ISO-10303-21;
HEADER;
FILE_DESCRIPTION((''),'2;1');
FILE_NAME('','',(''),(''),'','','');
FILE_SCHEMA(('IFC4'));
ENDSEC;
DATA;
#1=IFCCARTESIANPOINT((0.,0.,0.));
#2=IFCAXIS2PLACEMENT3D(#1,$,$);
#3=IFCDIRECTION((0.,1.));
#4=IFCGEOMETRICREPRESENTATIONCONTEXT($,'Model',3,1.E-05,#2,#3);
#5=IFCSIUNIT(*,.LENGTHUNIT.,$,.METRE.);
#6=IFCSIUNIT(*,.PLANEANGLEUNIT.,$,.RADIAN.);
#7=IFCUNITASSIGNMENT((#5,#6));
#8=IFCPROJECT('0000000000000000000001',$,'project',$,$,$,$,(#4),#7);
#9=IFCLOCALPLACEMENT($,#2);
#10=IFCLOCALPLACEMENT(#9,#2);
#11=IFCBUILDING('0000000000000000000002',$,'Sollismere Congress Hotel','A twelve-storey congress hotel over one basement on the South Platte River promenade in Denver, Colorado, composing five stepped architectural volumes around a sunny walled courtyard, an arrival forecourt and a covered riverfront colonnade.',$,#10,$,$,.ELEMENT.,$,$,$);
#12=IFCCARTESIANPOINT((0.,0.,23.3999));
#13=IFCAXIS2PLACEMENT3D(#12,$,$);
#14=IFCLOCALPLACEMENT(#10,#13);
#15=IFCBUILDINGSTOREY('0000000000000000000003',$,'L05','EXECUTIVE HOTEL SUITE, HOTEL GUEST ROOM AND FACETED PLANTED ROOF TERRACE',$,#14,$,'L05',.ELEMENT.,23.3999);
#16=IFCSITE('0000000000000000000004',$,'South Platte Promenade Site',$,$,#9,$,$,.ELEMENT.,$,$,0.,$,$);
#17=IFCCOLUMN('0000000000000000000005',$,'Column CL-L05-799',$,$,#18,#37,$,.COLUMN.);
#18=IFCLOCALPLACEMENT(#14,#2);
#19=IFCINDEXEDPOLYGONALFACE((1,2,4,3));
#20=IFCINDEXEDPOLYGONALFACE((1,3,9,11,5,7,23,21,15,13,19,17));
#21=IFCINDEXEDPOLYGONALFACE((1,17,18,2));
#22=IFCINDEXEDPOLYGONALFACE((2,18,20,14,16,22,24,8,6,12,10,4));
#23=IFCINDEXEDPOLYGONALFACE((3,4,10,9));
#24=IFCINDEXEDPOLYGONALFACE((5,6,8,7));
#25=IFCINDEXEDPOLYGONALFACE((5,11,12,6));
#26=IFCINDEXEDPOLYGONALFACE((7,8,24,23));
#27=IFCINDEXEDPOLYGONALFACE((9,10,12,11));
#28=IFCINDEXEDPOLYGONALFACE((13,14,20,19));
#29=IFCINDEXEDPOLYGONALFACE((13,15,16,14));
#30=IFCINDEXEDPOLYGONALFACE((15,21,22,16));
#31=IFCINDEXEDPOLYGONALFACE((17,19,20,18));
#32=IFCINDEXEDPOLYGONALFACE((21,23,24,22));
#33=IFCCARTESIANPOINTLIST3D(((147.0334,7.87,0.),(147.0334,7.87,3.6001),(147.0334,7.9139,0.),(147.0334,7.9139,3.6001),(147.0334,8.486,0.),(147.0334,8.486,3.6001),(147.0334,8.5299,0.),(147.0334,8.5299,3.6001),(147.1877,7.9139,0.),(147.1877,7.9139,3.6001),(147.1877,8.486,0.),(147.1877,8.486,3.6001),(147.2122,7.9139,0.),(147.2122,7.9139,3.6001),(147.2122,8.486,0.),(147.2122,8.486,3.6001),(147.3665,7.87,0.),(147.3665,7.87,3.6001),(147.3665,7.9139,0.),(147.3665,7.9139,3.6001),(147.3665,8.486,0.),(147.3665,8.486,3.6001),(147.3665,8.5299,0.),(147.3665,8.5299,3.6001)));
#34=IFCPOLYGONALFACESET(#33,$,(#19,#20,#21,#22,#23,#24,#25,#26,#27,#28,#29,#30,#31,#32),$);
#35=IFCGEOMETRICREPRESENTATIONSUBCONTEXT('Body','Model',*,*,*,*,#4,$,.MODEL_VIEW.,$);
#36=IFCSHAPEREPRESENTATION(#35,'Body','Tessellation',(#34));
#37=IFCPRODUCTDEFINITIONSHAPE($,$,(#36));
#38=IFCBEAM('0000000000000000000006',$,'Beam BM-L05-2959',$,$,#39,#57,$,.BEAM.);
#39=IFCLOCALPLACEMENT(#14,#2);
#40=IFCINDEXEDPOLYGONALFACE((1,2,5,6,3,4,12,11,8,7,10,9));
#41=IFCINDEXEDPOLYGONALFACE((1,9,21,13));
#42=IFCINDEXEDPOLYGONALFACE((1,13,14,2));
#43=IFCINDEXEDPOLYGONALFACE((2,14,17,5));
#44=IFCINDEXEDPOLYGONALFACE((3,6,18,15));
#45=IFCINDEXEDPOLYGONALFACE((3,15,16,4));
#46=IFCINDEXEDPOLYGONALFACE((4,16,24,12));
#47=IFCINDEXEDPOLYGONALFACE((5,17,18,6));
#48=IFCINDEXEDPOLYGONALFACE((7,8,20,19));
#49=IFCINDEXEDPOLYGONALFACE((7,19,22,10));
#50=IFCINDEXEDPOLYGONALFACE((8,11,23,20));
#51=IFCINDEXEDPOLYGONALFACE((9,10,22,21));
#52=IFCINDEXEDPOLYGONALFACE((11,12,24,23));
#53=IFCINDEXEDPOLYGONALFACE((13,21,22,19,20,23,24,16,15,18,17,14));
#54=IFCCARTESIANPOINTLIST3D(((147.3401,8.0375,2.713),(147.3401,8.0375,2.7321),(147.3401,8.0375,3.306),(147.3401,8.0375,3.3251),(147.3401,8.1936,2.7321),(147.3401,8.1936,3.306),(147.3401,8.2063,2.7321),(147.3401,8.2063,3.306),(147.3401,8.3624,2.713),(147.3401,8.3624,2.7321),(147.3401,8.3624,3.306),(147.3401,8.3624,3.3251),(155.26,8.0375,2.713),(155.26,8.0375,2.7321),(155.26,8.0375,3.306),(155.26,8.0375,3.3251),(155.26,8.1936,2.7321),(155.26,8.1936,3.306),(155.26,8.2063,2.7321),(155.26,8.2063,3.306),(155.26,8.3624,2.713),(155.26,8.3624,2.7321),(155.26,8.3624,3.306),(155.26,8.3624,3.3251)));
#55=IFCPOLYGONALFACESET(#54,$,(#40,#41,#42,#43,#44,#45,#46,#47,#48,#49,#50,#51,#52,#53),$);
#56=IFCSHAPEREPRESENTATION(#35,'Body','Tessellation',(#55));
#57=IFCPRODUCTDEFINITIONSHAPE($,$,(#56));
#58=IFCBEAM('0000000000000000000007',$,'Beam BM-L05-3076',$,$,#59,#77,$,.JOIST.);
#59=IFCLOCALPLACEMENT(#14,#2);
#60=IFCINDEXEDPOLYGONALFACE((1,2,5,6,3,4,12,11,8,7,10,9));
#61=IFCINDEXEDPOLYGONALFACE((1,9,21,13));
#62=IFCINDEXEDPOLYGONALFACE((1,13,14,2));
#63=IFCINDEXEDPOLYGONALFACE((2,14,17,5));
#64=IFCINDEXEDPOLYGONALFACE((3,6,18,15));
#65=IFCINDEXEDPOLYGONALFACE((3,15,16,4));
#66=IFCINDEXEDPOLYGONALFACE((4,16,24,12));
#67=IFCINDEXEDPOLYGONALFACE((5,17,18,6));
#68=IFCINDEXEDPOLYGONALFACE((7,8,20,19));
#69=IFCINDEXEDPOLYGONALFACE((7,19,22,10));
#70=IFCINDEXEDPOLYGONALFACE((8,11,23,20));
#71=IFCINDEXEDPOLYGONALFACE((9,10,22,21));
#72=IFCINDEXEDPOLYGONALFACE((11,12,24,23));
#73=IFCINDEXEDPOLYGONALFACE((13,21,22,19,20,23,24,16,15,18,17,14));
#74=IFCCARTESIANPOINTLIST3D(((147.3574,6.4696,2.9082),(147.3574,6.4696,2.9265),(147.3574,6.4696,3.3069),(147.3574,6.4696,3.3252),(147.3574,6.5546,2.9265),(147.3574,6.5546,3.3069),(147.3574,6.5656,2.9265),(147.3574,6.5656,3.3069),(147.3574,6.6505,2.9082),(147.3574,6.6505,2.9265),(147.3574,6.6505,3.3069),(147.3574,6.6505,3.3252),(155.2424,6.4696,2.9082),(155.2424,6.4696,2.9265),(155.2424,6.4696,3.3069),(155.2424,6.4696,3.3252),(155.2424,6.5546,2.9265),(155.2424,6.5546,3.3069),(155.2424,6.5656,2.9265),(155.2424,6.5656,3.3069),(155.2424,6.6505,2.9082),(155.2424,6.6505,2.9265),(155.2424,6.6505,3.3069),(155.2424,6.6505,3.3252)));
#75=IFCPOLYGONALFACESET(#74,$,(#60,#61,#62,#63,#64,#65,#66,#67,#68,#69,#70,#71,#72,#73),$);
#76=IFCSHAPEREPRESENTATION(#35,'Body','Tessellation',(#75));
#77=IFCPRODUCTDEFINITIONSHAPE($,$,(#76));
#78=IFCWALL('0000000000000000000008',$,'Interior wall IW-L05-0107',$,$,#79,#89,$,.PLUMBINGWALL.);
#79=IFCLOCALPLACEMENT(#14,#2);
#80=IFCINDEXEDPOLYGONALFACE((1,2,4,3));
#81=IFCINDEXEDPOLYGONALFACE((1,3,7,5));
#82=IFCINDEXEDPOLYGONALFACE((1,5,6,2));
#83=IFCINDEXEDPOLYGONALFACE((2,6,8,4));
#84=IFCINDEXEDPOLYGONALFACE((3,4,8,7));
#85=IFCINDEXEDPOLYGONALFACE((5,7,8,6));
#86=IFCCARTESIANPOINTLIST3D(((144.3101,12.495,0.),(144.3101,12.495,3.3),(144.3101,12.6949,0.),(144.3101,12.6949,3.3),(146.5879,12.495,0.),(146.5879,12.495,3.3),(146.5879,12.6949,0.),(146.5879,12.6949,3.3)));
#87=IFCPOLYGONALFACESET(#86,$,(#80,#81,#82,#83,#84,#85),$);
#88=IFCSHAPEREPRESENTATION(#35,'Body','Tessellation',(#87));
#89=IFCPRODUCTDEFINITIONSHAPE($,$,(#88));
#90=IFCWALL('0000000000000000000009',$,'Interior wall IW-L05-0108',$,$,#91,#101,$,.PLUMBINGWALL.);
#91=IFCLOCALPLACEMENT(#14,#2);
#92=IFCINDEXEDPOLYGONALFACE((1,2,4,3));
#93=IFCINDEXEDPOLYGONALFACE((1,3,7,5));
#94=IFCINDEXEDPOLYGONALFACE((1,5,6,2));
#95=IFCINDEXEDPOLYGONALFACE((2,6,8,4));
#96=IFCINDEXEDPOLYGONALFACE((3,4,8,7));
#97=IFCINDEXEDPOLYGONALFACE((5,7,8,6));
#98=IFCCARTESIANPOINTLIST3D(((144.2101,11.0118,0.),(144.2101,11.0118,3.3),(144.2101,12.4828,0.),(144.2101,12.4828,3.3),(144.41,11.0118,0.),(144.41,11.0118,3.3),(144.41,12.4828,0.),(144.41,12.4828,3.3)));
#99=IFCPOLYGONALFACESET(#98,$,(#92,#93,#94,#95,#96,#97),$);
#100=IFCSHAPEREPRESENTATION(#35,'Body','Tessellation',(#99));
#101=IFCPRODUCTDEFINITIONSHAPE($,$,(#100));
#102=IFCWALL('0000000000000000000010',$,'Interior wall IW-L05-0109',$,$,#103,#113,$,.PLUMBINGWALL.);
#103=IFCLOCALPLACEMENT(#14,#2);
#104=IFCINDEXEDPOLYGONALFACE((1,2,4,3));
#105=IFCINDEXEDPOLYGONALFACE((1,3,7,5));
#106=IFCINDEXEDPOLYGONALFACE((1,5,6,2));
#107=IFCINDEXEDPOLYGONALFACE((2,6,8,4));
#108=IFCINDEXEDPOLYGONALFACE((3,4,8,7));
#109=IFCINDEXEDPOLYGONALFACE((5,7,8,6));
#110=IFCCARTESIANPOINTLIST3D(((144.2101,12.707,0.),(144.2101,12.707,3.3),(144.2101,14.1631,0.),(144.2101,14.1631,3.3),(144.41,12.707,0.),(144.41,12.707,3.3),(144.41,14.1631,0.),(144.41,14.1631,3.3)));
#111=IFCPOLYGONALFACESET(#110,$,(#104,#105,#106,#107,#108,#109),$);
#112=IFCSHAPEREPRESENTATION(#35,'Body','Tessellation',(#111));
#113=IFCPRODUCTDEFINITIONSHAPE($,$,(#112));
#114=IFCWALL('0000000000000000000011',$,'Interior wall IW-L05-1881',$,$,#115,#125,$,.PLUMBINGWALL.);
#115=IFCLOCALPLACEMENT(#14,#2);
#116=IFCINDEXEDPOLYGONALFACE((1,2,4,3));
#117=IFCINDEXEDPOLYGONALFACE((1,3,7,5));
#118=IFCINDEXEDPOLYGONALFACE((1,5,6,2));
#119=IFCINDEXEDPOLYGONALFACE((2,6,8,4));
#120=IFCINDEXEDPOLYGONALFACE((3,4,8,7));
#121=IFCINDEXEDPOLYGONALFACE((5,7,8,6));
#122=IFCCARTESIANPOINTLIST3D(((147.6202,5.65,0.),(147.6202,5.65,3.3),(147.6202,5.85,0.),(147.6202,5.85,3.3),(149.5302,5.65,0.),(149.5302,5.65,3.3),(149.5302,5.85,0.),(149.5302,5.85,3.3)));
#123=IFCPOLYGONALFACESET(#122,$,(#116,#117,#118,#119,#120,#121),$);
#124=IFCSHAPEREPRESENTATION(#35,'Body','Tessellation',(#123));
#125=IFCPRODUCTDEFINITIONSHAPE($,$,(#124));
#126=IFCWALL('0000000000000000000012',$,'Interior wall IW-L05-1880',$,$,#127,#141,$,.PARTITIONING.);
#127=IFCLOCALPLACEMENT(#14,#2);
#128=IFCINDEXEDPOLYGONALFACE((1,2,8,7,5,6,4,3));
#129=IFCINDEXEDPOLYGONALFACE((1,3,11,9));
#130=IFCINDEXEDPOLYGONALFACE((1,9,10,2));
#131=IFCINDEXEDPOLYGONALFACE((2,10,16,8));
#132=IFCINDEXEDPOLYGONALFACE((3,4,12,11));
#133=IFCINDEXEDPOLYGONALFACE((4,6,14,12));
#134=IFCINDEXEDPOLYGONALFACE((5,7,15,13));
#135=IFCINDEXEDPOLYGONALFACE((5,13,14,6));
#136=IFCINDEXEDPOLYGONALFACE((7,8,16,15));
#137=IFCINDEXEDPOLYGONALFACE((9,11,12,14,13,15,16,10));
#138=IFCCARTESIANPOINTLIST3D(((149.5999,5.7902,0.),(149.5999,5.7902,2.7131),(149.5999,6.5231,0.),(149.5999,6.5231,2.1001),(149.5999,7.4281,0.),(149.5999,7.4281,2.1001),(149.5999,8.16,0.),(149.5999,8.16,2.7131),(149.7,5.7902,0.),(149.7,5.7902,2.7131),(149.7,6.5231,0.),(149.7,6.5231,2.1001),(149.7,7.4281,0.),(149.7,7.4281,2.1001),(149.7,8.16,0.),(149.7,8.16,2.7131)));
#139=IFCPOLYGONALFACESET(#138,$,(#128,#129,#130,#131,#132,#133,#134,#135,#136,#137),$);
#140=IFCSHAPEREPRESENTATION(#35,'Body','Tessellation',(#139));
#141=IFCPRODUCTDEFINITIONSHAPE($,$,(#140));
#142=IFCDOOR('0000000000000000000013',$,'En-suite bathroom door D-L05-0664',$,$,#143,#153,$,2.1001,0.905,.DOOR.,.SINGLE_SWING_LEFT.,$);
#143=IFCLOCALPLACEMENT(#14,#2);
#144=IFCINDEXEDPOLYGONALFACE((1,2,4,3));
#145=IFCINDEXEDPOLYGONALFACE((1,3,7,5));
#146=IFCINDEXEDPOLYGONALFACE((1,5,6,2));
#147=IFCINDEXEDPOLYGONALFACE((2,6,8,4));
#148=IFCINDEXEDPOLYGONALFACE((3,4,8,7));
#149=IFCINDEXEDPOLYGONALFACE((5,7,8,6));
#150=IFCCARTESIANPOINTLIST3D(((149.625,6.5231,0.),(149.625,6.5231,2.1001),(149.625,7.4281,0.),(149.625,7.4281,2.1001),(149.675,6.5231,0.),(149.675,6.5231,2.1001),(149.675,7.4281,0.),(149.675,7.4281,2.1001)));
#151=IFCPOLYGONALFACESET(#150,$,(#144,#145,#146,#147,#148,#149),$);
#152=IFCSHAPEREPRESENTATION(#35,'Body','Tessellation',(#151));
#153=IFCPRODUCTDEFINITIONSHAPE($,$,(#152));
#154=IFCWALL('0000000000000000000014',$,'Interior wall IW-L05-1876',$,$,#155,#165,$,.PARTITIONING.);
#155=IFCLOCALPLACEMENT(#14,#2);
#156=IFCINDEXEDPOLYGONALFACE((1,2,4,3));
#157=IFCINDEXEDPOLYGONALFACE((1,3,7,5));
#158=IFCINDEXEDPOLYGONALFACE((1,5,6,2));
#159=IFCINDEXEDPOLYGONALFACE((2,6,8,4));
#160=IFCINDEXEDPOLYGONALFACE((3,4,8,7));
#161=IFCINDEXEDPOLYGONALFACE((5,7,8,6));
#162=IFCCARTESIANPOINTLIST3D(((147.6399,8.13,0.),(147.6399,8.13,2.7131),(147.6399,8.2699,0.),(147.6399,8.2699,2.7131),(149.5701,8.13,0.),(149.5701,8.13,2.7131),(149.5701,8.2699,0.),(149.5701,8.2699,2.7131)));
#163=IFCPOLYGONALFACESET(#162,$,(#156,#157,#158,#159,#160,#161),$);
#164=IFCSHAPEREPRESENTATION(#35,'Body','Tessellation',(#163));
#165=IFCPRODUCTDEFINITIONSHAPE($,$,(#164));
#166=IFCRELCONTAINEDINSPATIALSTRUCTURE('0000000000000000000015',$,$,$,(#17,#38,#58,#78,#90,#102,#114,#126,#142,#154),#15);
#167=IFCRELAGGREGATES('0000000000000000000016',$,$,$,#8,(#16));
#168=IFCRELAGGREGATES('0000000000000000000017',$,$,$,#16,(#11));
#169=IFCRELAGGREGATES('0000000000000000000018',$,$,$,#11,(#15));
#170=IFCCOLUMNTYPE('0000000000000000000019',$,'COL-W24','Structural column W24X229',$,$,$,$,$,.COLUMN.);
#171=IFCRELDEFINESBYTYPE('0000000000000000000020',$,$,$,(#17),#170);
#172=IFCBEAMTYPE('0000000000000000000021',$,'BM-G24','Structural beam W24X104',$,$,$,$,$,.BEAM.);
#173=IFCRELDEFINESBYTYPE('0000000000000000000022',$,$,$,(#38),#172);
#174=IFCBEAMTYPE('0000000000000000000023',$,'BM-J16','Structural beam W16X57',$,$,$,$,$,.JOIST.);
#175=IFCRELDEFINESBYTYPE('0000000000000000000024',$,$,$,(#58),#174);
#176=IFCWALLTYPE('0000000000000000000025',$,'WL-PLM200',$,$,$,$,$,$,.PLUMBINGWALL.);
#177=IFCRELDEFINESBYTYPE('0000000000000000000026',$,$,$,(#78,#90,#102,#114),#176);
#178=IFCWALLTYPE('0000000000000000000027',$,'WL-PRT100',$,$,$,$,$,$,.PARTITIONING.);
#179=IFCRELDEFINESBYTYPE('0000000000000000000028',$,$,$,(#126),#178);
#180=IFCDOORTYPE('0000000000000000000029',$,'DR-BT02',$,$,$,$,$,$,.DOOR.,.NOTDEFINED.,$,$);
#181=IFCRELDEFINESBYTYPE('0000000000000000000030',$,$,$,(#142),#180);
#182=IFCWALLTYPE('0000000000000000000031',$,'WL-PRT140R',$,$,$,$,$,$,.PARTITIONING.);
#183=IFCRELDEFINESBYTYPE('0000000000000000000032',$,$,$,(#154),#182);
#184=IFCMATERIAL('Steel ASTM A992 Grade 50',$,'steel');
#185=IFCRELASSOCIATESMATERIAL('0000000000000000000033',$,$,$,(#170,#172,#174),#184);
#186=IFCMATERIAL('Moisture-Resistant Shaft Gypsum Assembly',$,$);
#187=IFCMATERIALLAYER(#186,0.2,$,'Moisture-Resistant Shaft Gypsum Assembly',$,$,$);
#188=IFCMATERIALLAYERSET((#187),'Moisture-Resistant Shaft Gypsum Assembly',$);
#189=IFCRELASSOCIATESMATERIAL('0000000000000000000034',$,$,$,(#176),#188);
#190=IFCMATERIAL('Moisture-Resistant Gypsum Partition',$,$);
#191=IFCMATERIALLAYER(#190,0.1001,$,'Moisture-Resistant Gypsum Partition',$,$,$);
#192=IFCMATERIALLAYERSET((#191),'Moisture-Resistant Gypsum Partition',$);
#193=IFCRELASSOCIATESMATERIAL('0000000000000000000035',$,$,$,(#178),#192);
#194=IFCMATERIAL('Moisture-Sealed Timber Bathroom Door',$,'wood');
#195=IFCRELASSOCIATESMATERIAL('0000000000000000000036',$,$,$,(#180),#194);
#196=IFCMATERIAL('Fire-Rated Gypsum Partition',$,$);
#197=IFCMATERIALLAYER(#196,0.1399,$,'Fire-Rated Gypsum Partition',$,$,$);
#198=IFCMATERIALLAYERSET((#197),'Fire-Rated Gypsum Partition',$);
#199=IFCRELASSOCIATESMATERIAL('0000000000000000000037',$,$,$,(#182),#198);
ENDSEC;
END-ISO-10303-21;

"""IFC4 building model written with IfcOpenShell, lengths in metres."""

from ifc_helpers import new_model, si_unit, direction, frame, frame_2d, origin, origin_2d, place, context, subcontext, project, spatial, rectangle, i_section, extrude, material, layer, layer_set, material_profile, profile_set, type_object, element, fill, save


model = new_model("IFC4")

# Units and contexts
model_context = context("Model", 3, precision=1e-05, world=origin(), true_north=direction((0.0, 1.0)))
body_context = subcontext(model_context, "Body", "Model", "MODEL_VIEW")
ifc_project = project(units=[si_unit("LENGTHUNIT", "METRE"), si_unit("PLANEANGLEUNIT", "RADIAN")], contexts=[model_context])

# Site, building, storey
site_placement = place(None, origin())
site = spatial("IfcSite", under=ifc_project, at=site_placement, Name="South Platte Promenade Site", CompositionType="ELEMENT", RefElevation=0.0)
building_placement = place(site_placement, origin())
building = spatial("IfcBuilding", under=site, at=building_placement, Name="Sollismere Congress Hotel", Description="A twelve-storey congress hotel over one basement on the South Platte River promenade in Denver, Colorado, composing five stepped architectural volumes around a sunny walled courtyard, an arrival forecourt and a covered riverfront colonnade.", CompositionType="ELEMENT")
storey_placement = place(building_placement, frame((0.0, 0.0, 23.3999)))
storey = spatial("IfcBuildingStorey", under=building, at=storey_placement, Name="L05", Description="EXECUTIVE HOTEL SUITE, HOTEL GUEST ROOM AND FACETED PLANTED ROOF TERRACE", LongName="L05", CompositionType="ELEMENT", Elevation=23.3999)

# Column
ifc_material_1 = material(Name="Steel ASTM A992 Grade 50", Category="steel")
ifc_material_profile_1 = material_profile(ifc_material_1, i_section(OverallWidth=0.333, OverallDepth=0.6599, WebThickness=0.0244, FlangeThickness=0.0439, at=origin_2d()), Name="W24X229")
ifc_profile_set_1 = profile_set([ifc_material_profile_1], Name="Steel ASTM A992 Grade 50")
column_type = type_object("IfcColumnType", Name="COL-W24", Description="Structural column W24X229", PredefinedType="COLUMN", material=ifc_profile_set_1)
column_placement = place(storey_placement, frame((147.2, 8.2, 0.0), z_axis=(0.0, 0.0, 1.0), x_axis=(1.0, 0.0, 0.0)))
element("IfcColumn", 1, at=column_placement, inside=storey, type_object=column_type, Name="Column CL-L05-799", PredefinedType="COLUMN", context=body_context, shape_type="SweptSolid", body=[
    extrude(i_section(OverallWidth=0.333, OverallDepth=0.6599, WebThickness=0.0244, FlangeThickness=0.0439, at=origin_2d()), origin(), (0.0, 0.0, 1.0), 3.6001),
])

# Beams
ifc_material_profile_2 = material_profile(ifc_material_1, i_section(OverallWidth=0.325, OverallDepth=0.6121, WebThickness=0.0127, FlangeThickness=0.019, at=origin_2d()), Name="W24X104")
ifc_profile_set_2 = profile_set([ifc_material_profile_2], Name="Steel ASTM A992 Grade 50")
beam_type_1 = type_object("IfcBeamType", Name="BM-G24", Description="Structural beam W24X104", PredefinedType="BEAM", material=ifc_profile_set_2)
beam_1_placement = place(storey_placement, frame((147.3401, 8.2, 3.019), z_axis=(1.0, 0.0, 0.0), x_axis=(0.0, 1.0, 0.0)))
element("IfcBeam", 2, at=beam_1_placement, inside=storey, type_object=beam_type_1, Name="Beam BM-L05-2959", PredefinedType="BEAM", context=body_context, shape_type="SweptSolid", body=[
    extrude(i_section(OverallWidth=0.325, OverallDepth=0.6121, WebThickness=0.0127, FlangeThickness=0.019, at=origin_2d()), origin(), (0.0, 0.0, 1.0), 7.9199),
])
ifc_material_profile_3 = material_profile(ifc_material_1, i_section(OverallWidth=0.1809, OverallDepth=0.417, WebThickness=0.011, FlangeThickness=0.0183, at=origin_2d()), Name="W16X57")
ifc_profile_set_3 = profile_set([ifc_material_profile_3], Name="Steel ASTM A992 Grade 50")
beam_type_2 = type_object("IfcBeamType", Name="BM-J16", Description="Structural beam W16X57", PredefinedType="JOIST", material=ifc_profile_set_3)
beam_2_placement = place(storey_placement, frame((147.3574, 6.5601, 3.1167), z_axis=(1.0, 0.0, 0.0), x_axis=(0.0, 1.0, 0.0)))
element("IfcBeam", 3, at=beam_2_placement, inside=storey, type_object=beam_type_2, Name="Beam BM-L05-3076", PredefinedType="JOIST", context=body_context, shape_type="SweptSolid", body=[
    extrude(i_section(OverallWidth=0.1809, OverallDepth=0.417, WebThickness=0.011, FlangeThickness=0.0183, at=origin_2d()), origin(), (0.0, 0.0, 1.0), 7.885),
])

# Walls
ifc_material_2 = material(Name="Moisture-Resistant Shaft Gypsum Assembly")
ifc_layer_1 = layer(ifc_material_2, 0.2, Name="Moisture-Resistant Shaft Gypsum Assembly")
ifc_layer_set_1 = layer_set([ifc_layer_1], Name="Moisture-Resistant Shaft Gypsum Assembly")
wall_type_1 = type_object("IfcWallType", Name="WL-PLM200", PredefinedType="PLUMBINGWALL", material=ifc_layer_set_1)
wall_1_placement = place(storey_placement, frame((144.3101, 12.595, 0.0), z_axis=(0.0, 0.0, 1.0), x_axis=(1.0, 0.0, 0.0)))
element("IfcWall", 4, at=wall_1_placement, inside=storey, type_object=wall_type_1, Name="Interior wall IW-L05-0107", PredefinedType="PLUMBINGWALL", context=body_context, shape_type="SweptSolid", body=[
    extrude(rectangle(XDim=2.2778, YDim=0.2, at=frame_2d((1.1389, 0.0))), origin(), (0.0, 0.0, 1.0), 3.3),
])
wall_2_placement = place(storey_placement, frame((144.3101, 11.012, 0.0), z_axis=(0.0, 0.0, 1.0), x_axis=(0.0, 1.0, 0.0)))
element("IfcWall", 5, at=wall_2_placement, inside=storey, type_object=wall_type_1, Name="Interior wall IW-L05-0108", PredefinedType="PLUMBINGWALL", context=body_context, shape_type="SweptSolid", body=[
    extrude(rectangle(XDim=1.4709, YDim=0.2, at=frame_2d((0.7354, 0.0))), origin(), (0.0, 0.0, 1.0), 3.3),
])
wall_3_placement = place(storey_placement, frame((144.3101, 12.707, 0.0), z_axis=(0.0, 0.0, 1.0), x_axis=(0.0, 1.0, 0.0)))
element("IfcWall", 6, at=wall_3_placement, inside=storey, type_object=wall_type_1, Name="Interior wall IW-L05-0109", PredefinedType="PLUMBINGWALL", context=body_context, shape_type="SweptSolid", body=[
    extrude(rectangle(XDim=1.4561, YDim=0.2, at=frame_2d((0.728, 0.0))), origin(), (0.0, 0.0, 1.0), 3.3),
])
wall_4_placement = place(storey_placement, frame((147.6201, 5.75, 0.0), z_axis=(0.0, 0.0, 1.0), x_axis=(1.0, 0.0, 0.0)))
element("IfcWall", 7, at=wall_4_placement, inside=storey, type_object=wall_type_1, Name="Interior wall IW-L05-1881", PredefinedType="PLUMBINGWALL", context=body_context, shape_type="SweptSolid", body=[
    extrude(rectangle(XDim=1.9099, YDim=0.2, at=frame_2d((0.9551, 0.0))), origin(), (0.0, 0.0, 1.0), 3.3),
])

# Wall, opening, door
ifc_material_3 = material(Name="Moisture-Resistant Gypsum Partition")
ifc_layer_2 = layer(ifc_material_3, 0.1001, Name="Moisture-Resistant Gypsum Partition")
ifc_layer_set_2 = layer_set([ifc_layer_2], Name="Moisture-Resistant Gypsum Partition")
wall_type_2 = type_object("IfcWallType", Name="WL-PRT100", PredefinedType="PARTITIONING", material=ifc_layer_set_2)
wall_5_placement = place(storey_placement, frame((149.6499, 5.79, 0.0), z_axis=(0.0, 0.0, 1.0), x_axis=(0.0, 1.0, 0.0)))
wall_5 = element("IfcWall", 8, at=wall_5_placement, inside=storey, type_object=wall_type_2, Name="Interior wall IW-L05-1880", PredefinedType="PARTITIONING", context=body_context, shape_type="SweptSolid", body=[
    extrude(rectangle(XDim=2.3699, YDim=0.1001, at=frame_2d((1.1851, 0.0))), origin(), (0.0, 0.0, 1.0), 2.7131),
])
opening_1_placement = place(wall_5_placement, frame((0.7329, 0.0, 0.0)))
opening_1 = element("IfcOpeningElement", 9, at=opening_1_placement, cuts=wall_5, PredefinedType="OPENING", context=body_context, shape_type="SweptSolid", body=[
    extrude(rectangle(XDim=0.905, YDim=2.1001, at=frame_2d((0.4526, 1.05))), frame((0.0, 0.0601, 0.0), z_axis=(0.0, -1.0, 0.0), x_axis=(1.0, 0.0, 0.0)), (0.0, 0.0, 1.0), 0.1201),
])
ifc_material_4 = material(Name="Moisture-Sealed Timber Bathroom Door", Category="wood")
door_type_1 = type_object("IfcDoorType", Name="DR-BT02", OperationType="NOTDEFINED", PredefinedType="DOOR", material=ifc_material_4)
door_1_placement = place(opening_1_placement, origin())
door_1 = element("IfcDoor", 10, at=door_1_placement, inside=storey, type_object=door_type_1, Name="En-suite bathroom door D-L05-0664", OperationType="SINGLE_SWING_LEFT", OverallHeight=2.1001, OverallWidth=0.905, PredefinedType="DOOR", context=body_context, shape_type="SweptSolid", body=[
    extrude(rectangle(XDim=0.905, YDim=2.1001, at=frame_2d((0.4526, 1.05))), frame((0.0, 0.0249, 0.0), z_axis=(0.0, -1.0, 0.0), x_axis=(1.0, 0.0, 0.0)), (0.0, 0.0, 1.0), 0.05),
])
fill(opening_1, door_1)

# Wall
ifc_material_5 = material(Name="Fire-Rated Gypsum Partition")
ifc_layer_3 = layer(ifc_material_5, 0.1399, Name="Fire-Rated Gypsum Partition")
ifc_layer_set_3 = layer_set([ifc_layer_3], Name="Fire-Rated Gypsum Partition")
wall_type_3 = type_object("IfcWallType", Name="WL-PRT140R", PredefinedType="PARTITIONING", material=ifc_layer_set_3)
wall_6_placement = place(storey_placement, frame((147.6399, 8.2, 0.0), z_axis=(0.0, 0.0, 1.0), x_axis=(1.0, 0.0, 0.0)))
element("IfcWall", 11, at=wall_6_placement, inside=storey, type_object=wall_type_3, Name="Interior wall IW-L05-1876", PredefinedType="PARTITIONING", context=body_context, shape_type="SweptSolid", body=[
    extrude(rectangle(XDim=1.9302, YDim=0.1399, at=frame_2d((0.9651, 0.0))), origin(), (0.0, 0.0, 1.0), 2.7131),
])

save(model, "model.ifc")
